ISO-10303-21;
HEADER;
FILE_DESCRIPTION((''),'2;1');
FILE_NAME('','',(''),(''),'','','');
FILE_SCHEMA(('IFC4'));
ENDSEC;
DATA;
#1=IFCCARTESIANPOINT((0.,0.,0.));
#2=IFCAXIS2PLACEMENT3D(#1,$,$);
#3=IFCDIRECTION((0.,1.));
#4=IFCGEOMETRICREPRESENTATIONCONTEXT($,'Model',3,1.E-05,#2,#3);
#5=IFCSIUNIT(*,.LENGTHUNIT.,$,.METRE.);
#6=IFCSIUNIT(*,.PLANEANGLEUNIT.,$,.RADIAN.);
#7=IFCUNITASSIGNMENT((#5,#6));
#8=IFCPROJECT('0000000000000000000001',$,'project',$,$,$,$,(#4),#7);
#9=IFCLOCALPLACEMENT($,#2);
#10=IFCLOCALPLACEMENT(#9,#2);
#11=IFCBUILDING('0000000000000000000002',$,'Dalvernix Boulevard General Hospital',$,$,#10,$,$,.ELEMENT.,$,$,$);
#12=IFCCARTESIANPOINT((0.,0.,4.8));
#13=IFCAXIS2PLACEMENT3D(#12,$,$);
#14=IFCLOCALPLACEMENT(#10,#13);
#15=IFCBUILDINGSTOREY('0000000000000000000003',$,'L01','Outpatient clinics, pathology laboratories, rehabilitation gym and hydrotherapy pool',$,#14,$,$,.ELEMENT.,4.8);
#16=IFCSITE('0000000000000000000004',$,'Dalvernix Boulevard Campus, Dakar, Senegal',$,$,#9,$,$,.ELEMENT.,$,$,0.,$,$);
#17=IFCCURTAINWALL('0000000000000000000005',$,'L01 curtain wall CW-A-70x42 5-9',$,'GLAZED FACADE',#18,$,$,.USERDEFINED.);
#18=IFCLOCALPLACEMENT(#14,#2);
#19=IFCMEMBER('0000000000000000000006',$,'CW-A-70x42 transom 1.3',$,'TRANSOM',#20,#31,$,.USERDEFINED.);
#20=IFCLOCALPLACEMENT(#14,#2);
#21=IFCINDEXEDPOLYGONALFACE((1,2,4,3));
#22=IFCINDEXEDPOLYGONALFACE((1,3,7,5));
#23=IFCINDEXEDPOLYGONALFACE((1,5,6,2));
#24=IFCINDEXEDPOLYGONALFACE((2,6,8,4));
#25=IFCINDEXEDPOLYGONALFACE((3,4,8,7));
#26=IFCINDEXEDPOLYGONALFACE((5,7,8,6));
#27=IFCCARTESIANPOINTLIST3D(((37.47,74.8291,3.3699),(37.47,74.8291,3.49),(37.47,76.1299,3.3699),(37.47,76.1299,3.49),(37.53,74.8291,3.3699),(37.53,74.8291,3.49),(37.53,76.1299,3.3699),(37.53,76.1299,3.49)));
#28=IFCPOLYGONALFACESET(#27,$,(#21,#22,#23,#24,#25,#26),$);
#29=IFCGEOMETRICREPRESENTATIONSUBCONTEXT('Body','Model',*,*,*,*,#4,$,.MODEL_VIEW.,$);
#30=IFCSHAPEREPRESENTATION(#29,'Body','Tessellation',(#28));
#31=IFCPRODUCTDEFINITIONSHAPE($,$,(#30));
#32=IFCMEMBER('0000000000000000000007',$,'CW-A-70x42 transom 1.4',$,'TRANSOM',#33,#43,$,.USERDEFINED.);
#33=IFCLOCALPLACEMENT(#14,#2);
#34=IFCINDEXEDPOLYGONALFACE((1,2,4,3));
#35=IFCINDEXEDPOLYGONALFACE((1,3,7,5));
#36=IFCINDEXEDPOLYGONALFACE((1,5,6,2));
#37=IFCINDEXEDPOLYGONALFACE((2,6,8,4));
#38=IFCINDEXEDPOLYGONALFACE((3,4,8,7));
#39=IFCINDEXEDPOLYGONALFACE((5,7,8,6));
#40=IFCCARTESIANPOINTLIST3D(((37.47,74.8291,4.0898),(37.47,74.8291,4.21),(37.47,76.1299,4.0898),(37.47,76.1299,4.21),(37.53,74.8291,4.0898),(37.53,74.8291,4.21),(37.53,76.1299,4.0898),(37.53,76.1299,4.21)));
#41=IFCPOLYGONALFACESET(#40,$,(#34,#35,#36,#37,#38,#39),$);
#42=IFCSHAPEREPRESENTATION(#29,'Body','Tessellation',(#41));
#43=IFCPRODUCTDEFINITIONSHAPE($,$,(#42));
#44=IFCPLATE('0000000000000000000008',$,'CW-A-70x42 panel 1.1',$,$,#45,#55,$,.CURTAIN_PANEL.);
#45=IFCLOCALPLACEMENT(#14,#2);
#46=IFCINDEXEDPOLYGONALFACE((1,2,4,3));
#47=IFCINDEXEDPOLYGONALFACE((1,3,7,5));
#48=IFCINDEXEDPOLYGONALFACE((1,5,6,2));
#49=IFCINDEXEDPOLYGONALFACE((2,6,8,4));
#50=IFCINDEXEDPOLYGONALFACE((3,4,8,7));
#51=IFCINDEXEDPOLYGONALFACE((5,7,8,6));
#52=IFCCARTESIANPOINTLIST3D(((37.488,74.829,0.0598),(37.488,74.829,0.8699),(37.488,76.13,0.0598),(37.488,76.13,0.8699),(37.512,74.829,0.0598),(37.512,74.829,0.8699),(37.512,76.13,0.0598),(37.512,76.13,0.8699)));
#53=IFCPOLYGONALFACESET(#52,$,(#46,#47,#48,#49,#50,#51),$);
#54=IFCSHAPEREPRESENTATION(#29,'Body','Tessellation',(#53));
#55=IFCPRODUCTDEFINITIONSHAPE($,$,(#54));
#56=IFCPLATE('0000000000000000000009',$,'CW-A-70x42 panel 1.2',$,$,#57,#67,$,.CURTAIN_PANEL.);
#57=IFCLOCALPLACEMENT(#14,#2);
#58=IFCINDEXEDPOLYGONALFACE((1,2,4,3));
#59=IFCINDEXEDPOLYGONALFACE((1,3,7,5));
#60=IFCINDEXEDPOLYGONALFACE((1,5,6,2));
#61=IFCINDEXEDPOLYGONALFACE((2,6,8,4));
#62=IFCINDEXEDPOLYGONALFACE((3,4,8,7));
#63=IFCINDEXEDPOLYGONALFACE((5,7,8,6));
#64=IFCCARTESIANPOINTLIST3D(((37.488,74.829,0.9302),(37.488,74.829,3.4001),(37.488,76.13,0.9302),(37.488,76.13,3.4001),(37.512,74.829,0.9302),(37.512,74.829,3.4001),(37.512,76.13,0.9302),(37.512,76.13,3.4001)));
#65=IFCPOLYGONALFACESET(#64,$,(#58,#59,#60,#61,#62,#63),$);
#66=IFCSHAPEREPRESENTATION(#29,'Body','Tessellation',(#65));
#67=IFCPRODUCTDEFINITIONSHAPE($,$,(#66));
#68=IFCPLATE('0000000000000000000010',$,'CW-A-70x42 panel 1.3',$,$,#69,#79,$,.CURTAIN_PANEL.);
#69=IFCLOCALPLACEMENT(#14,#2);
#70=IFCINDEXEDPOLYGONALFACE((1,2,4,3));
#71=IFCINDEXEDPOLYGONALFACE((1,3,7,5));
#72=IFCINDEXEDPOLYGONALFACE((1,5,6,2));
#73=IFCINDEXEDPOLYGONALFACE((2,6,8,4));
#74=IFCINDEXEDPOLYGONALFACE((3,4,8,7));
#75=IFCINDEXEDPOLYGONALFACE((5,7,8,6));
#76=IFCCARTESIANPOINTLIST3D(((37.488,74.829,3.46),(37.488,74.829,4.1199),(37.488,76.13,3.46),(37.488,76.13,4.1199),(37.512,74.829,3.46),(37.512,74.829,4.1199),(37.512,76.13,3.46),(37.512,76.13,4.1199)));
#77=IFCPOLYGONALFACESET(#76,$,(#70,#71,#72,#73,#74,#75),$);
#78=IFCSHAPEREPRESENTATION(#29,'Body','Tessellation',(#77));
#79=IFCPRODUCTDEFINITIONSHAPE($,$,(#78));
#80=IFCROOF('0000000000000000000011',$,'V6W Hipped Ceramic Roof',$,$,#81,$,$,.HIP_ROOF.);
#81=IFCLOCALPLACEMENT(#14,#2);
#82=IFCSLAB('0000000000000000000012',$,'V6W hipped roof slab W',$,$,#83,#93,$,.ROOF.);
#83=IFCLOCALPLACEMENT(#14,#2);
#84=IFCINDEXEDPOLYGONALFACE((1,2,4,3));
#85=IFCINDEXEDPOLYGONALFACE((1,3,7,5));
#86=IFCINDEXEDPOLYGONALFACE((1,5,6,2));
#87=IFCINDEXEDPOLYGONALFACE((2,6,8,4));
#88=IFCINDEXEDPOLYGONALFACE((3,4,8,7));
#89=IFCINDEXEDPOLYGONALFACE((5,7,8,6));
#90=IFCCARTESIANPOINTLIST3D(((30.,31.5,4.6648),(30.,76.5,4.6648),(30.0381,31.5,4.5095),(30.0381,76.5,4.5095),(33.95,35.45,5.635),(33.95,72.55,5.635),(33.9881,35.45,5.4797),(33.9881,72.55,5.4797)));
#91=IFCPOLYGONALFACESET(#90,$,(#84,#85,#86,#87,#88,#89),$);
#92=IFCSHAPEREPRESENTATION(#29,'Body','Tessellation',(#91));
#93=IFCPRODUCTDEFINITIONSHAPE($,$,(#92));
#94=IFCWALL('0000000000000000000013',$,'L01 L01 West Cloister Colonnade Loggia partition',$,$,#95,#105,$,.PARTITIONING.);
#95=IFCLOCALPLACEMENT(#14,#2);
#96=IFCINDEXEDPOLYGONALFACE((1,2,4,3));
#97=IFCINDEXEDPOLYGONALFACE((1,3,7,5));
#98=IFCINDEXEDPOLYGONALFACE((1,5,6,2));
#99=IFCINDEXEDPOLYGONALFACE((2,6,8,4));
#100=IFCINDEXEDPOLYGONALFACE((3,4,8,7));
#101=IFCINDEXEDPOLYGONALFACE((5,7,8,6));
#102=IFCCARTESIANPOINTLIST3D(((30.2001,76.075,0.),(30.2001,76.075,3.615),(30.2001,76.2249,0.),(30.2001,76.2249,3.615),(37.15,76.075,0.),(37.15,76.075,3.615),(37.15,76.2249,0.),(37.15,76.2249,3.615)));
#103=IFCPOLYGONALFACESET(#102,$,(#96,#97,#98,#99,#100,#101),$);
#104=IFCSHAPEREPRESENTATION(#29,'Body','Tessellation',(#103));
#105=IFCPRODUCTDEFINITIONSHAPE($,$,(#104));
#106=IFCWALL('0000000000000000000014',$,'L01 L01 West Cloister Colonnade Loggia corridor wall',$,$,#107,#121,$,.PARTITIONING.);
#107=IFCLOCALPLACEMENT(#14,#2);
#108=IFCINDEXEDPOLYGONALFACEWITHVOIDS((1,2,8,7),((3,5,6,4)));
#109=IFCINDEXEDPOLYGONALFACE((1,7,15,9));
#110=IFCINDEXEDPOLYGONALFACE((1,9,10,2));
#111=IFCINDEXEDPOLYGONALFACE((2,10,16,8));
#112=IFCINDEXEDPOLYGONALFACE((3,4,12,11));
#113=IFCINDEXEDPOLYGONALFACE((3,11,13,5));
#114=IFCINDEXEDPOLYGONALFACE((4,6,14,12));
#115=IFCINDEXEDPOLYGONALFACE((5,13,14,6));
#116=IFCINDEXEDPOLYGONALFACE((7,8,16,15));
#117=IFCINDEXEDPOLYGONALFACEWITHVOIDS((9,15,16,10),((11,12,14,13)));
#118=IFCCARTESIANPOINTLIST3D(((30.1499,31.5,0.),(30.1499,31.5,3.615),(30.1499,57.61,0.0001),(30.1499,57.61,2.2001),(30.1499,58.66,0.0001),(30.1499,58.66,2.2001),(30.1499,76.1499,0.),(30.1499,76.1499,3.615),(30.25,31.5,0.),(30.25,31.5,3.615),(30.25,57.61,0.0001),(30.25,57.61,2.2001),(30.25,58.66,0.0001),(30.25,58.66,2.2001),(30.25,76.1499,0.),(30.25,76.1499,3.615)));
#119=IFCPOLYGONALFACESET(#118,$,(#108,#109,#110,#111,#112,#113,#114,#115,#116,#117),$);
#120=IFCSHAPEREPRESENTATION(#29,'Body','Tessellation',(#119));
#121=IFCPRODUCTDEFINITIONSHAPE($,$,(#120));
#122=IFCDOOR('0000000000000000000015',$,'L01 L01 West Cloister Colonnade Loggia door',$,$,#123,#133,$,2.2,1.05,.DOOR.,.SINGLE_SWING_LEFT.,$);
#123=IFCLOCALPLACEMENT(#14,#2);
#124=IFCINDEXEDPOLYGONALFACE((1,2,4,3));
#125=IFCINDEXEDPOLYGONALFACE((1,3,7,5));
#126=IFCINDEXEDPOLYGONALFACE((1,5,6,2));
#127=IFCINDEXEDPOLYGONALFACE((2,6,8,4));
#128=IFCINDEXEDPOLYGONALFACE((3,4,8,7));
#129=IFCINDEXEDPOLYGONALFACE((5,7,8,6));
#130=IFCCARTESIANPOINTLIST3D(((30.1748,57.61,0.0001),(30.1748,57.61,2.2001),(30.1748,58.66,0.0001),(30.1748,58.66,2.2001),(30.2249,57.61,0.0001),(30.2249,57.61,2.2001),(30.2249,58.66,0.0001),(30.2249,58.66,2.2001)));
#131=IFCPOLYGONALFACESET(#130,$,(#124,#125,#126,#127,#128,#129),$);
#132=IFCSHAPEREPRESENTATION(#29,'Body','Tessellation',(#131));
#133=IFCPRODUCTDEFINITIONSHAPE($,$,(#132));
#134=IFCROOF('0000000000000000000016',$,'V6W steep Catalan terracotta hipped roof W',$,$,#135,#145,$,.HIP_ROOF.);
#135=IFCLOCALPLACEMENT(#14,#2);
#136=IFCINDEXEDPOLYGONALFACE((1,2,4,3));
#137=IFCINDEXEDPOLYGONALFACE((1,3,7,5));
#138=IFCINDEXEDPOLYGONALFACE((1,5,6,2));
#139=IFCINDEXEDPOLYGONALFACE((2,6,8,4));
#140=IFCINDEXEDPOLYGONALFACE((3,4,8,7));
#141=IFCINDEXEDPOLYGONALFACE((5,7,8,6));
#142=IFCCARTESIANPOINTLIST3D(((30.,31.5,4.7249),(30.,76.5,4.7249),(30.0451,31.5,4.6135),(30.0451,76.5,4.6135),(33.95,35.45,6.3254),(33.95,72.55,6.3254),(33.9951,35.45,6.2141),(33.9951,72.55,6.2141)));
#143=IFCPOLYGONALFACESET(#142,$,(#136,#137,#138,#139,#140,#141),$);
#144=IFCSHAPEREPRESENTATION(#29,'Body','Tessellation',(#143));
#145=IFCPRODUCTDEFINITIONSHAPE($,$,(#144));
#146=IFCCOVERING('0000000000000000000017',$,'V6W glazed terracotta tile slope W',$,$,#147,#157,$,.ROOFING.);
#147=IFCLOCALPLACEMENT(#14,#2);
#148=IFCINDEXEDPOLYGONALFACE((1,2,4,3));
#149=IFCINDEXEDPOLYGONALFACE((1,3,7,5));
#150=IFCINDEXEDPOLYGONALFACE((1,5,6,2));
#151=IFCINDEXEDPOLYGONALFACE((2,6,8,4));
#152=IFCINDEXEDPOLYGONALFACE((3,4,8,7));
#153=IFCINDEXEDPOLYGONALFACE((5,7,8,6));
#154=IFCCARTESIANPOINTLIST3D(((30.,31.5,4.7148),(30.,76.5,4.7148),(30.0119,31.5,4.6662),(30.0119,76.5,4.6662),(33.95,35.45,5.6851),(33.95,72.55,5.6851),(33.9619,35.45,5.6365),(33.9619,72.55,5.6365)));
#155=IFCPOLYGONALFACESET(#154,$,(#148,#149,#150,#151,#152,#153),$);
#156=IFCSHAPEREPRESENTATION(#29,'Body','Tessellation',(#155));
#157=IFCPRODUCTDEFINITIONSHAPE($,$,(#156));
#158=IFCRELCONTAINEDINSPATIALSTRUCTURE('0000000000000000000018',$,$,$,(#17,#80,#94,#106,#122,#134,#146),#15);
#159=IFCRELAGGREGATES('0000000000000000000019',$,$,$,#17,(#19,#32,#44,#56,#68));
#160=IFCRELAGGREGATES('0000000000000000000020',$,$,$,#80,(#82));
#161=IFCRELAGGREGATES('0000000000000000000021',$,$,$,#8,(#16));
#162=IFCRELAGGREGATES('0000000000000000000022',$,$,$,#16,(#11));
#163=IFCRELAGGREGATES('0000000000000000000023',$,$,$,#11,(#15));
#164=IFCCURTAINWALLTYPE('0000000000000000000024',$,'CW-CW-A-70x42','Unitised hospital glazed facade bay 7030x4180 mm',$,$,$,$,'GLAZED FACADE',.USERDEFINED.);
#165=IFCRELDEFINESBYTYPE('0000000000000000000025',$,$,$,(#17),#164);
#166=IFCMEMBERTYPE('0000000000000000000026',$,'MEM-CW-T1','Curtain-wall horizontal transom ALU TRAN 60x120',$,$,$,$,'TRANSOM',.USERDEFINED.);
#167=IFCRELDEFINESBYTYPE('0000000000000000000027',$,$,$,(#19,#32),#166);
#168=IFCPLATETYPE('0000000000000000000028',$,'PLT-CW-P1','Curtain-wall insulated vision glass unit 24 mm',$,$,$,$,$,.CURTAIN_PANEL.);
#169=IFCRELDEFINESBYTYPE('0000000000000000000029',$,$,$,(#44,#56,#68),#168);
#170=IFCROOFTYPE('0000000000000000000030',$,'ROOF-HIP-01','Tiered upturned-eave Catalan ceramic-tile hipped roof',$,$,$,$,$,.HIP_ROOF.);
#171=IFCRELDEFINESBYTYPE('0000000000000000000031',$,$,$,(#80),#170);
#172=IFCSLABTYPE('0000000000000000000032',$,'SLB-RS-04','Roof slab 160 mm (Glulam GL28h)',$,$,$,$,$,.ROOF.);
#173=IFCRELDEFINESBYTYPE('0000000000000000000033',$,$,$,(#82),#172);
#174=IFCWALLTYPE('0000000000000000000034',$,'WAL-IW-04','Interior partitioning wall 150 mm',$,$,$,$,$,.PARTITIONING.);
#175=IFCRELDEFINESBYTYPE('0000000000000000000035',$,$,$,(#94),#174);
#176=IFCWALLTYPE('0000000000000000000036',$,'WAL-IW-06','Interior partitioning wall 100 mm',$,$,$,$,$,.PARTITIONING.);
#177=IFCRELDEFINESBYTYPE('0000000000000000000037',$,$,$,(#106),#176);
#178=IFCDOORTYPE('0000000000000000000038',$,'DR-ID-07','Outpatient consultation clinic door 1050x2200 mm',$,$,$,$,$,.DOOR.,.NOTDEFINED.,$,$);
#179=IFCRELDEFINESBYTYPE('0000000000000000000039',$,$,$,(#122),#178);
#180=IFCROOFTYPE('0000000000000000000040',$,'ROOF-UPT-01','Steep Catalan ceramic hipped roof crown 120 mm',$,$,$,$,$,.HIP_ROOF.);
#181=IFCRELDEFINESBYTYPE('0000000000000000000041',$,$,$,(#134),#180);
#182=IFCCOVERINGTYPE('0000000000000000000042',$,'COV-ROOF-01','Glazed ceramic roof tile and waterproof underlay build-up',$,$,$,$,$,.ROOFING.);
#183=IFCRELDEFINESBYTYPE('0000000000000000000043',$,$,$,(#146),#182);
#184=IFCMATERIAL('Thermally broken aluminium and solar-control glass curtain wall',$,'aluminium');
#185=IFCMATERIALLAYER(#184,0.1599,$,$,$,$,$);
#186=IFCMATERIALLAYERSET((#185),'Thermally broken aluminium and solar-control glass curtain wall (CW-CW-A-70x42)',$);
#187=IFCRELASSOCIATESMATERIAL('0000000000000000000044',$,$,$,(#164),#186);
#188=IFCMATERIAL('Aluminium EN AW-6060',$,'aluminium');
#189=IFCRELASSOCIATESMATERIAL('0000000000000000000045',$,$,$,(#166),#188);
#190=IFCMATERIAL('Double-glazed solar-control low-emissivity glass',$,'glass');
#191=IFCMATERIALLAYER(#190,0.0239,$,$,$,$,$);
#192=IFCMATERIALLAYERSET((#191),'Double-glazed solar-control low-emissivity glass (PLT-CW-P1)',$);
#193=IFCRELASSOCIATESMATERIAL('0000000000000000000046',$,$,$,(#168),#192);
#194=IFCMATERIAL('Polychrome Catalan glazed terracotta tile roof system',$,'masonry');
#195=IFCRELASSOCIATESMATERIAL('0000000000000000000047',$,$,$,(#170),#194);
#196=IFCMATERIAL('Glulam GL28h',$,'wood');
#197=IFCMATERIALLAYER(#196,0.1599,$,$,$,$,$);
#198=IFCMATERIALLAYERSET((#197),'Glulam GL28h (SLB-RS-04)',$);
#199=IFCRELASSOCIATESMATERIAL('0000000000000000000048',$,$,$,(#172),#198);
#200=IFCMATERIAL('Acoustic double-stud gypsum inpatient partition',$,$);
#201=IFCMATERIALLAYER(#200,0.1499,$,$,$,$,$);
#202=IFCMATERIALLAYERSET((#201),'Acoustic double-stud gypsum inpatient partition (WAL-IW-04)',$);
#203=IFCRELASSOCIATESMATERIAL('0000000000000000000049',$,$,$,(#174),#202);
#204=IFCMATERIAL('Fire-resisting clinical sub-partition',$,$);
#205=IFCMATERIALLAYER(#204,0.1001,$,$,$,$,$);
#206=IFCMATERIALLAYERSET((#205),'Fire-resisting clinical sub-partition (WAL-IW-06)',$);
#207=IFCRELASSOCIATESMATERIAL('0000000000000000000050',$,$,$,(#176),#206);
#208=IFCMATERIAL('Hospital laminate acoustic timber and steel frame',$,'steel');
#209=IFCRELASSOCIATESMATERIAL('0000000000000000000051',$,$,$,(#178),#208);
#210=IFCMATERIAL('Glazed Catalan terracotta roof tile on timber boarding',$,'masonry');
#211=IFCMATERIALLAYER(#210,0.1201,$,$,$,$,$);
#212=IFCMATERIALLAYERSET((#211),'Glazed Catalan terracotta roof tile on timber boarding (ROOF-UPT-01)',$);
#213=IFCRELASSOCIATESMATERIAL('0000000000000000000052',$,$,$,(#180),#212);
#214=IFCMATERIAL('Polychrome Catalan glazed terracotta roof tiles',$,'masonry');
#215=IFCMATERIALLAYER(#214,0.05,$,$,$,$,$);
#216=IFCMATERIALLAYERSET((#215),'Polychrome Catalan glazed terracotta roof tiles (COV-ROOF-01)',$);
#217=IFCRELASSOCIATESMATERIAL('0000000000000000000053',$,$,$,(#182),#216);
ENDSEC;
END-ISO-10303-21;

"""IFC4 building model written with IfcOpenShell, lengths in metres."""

from ifc_helpers import new_model, si_unit, direction, frame, frame_2d, origin, origin_2d, place, context, subcontext, project, spatial, polyline, rectangle, outline, extrude, material, layer, layer_set, material_profile, profile_set, type_object, element, fill, aggregate, save


model = new_model("IFC4")

# Units and contexts
model_context = context("Model", 3, precision=1e-05, world=origin(), true_north=direction((0.0, 1.0)))
body_context = subcontext(model_context, "Body", "Model", "MODEL_VIEW")
ifc_project = project(units=[si_unit("LENGTHUNIT", "METRE"), si_unit("PLANEANGLEUNIT", "RADIAN")], contexts=[model_context])

# Site, building, storey
site_placement = place(None, origin())
site = spatial("IfcSite", under=ifc_project, at=site_placement, Name="Dalvernix Boulevard Campus, Dakar, Senegal", CompositionType="ELEMENT", RefElevation=0.0)
building_placement = place(site_placement, origin())
building = spatial("IfcBuilding", under=site, at=building_placement, Name="Dalvernix Boulevard General Hospital", CompositionType="ELEMENT")
storey_placement = place(building_placement, frame((0.0, 0.0, 4.8)))
storey = spatial("IfcBuildingStorey", under=building, at=storey_placement, Name="L01", Description="Outpatient clinics, pathology laboratories, rehabilitation gym and hydrotherapy pool", CompositionType="ELEMENT", Elevation=4.8)

# Curtain wall, members, plates
ifc_material_1 = material(Name="Thermally broken aluminium and solar-control glass curtain wall", Category="aluminium")
ifc_layer_1 = layer(ifc_material_1, 0.1599)
ifc_layer_set_1 = layer_set([ifc_layer_1], Name="Thermally broken aluminium and solar-control glass curtain wall (CW-CW-A-70x42)")
curtain_wall_type = type_object("IfcCurtainWallType", Name="CW-CW-A-70x42", Description="Unitised hospital glazed facade bay 7030x4180 mm", ElementType="GLAZED FACADE", PredefinedType="USERDEFINED", material=ifc_layer_set_1)
curtain_wall_placement = place(storey_placement, origin())
curtain_wall = element("IfcCurtainWall", 1, at=curtain_wall_placement, inside=storey, type_object=curtain_wall_type, Name="L01 curtain wall CW-A-70x42 5-9", ObjectType="GLAZED FACADE", PredefinedType="USERDEFINED")
ifc_material_2 = material(Name="Aluminium EN AW-6060", Category="aluminium")
ifc_material_profile_1 = material_profile(ifc_material_2, rectangle(XDim=0.0601, YDim=0.1201, at=origin_2d()), Name="ALU TRAN 60x120")
ifc_profile_set_1 = profile_set([ifc_material_profile_1], Name="Aluminium EN AW-6060")
member_type_1 = type_object("IfcMemberType", Name="MEM-CW-T1", Description="Curtain-wall horizontal transom ALU TRAN 60x120", ElementType="TRANSOM", PredefinedType="USERDEFINED", material=ifc_profile_set_1)
member_1_placement = place(storey_placement, frame((37.5, 76.1299, 3.4299), z_axis=(0.0, -1.0, 0.0), x_axis=(1.0, 0.0, 0.0)))
member_1 = element("IfcMember", 2, at=member_1_placement, type_object=member_type_1, Name="CW-A-70x42 transom 1.3", ObjectType="TRANSOM", PredefinedType="USERDEFINED", context=body_context, shape_type="SweptSolid", body=[
    extrude(rectangle(XDim=0.0601, YDim=0.1201, at=origin_2d()), origin(), (0.0, 0.0, 1.0), 1.3008),
])
member_2_placement = place(storey_placement, frame((37.5, 76.1299, 4.1499), z_axis=(0.0, -1.0, 0.0), x_axis=(1.0, 0.0, 0.0)))
member_2 = element("IfcMember", 3, at=member_2_placement, type_object=member_type_1, Name="CW-A-70x42 transom 1.4", ObjectType="TRANSOM", PredefinedType="USERDEFINED", context=body_context, shape_type="SweptSolid", body=[
    extrude(rectangle(XDim=0.0601, YDim=0.1201, at=origin_2d()), origin(), (0.0, 0.0, 1.0), 1.3008),
])
ifc_material_3 = material(Name="Double-glazed solar-control low-emissivity glass", Category="glass")
ifc_layer_2 = layer(ifc_material_3, 0.0239)
ifc_layer_set_2 = layer_set([ifc_layer_2], Name="Double-glazed solar-control low-emissivity glass (PLT-CW-P1)")
plate_type = type_object("IfcPlateType", Name="PLT-CW-P1", Description="Curtain-wall insulated vision glass unit 24 mm", PredefinedType="CURTAIN_PANEL", material=ifc_layer_set_2)
plate_1_placement = place(storey_placement, frame((37.5, 75.4795, 0.0598), z_axis=(0.0, 0.0, 1.0), x_axis=(0.0, -1.0, 0.0)))
plate_1 = element("IfcPlate", 4, at=plate_1_placement, type_object=plate_type, Name="CW-A-70x42 panel 1.1", PredefinedType="CURTAIN_PANEL", context=body_context, shape_type="SweptSolid", body=[
    extrude(rectangle(XDim=1.301, YDim=0.0239, at=origin_2d()), origin(), (0.0, 0.0, 1.0), 0.8101),
])
plate_2_placement = place(storey_placement, frame((37.5, 75.4795, 0.9302), z_axis=(0.0, 0.0, 1.0), x_axis=(0.0, -1.0, 0.0)))
plate_2 = element("IfcPlate", 5, at=plate_2_placement, type_object=plate_type, Name="CW-A-70x42 panel 1.2", PredefinedType="CURTAIN_PANEL", context=body_context, shape_type="SweptSolid", body=[
    extrude(rectangle(XDim=1.301, YDim=0.0239, at=origin_2d()), origin(), (0.0, 0.0, 1.0), 2.47),
])
plate_3_placement = place(storey_placement, frame((37.5, 75.4795, 3.46), z_axis=(0.0, 0.0, 1.0), x_axis=(0.0, -1.0, 0.0)))
plate_3 = element("IfcPlate", 6, at=plate_3_placement, type_object=plate_type, Name="CW-A-70x42 panel 1.3", PredefinedType="CURTAIN_PANEL", context=body_context, shape_type="SweptSolid", body=[
    extrude(rectangle(XDim=1.301, YDim=0.0239, at=origin_2d()), origin(), (0.0, 0.0, 1.0), 0.6599),
])
aggregate(curtain_wall, [member_1, member_2, plate_1, plate_2, plate_3])

# Roof, slab
ifc_material_4 = material(Name="Polychrome Catalan glazed terracotta tile roof system", Category="masonry")
roof_type_1 = type_object("IfcRoofType", Name="ROOF-HIP-01", Description="Tiered upturned-eave Catalan ceramic-tile hipped roof", PredefinedType="HIP_ROOF", material=ifc_material_4)
roof_1_placement = place(storey_placement, origin())
roof_1 = element("IfcRoof", 7, at=roof_1_placement, inside=storey, type_object=roof_type_1, Name="V6W Hipped Ceramic Roof", PredefinedType="HIP_ROOF")
ifc_material_5 = material(Name="Glulam GL28h", Category="wood")
ifc_layer_3 = layer(ifc_material_5, 0.1599)
ifc_layer_set_3 = layer_set([ifc_layer_3], Name="Glulam GL28h (SLB-RS-04)")
slab_type = type_object("IfcSlabType", Name="SLB-RS-04", Description="Roof slab 160 mm (Glulam GL28h)", PredefinedType="ROOF", material=ifc_layer_set_3)
slab_placement = place(storey_placement, frame((30.0, 76.5, 4.6648), z_axis=(-0.238537, 0.0, 0.971133), x_axis=(0.0, -1.0, 0.0)))
slab = element("IfcSlab", 8, at=slab_placement, type_object=slab_type, Name="V6W hipped roof slab W", PredefinedType="ROOF", context=body_context, shape_type="SweptSolid", body=[
    extrude(outline(polyline([(0.0, 0.0), (45.0, 0.0), (41.05, 4.0674), (3.95, 4.0674), (0.0, 0.0)])), origin(), (0.0, 0.0, -1.0), 0.1599),
])
aggregate(roof_1, [slab])

# Wall
ifc_material_6 = material(Name="Acoustic double-stud gypsum inpatient partition")
ifc_layer_4 = layer(ifc_material_6, 0.1499)
ifc_layer_set_4 = layer_set([ifc_layer_4], Name="Acoustic double-stud gypsum inpatient partition (WAL-IW-04)")
wall_type_1 = type_object("IfcWallType", Name="WAL-IW-04", Description="Interior partitioning wall 150 mm", PredefinedType="PARTITIONING", material=ifc_layer_set_4)
wall_1_placement = place(storey_placement, frame((30.2, 76.1499, 0.0), z_axis=(0.0, 0.0, 1.0), x_axis=(1.0, 0.0, 0.0)))
element("IfcWall", 9, at=wall_1_placement, inside=storey, type_object=wall_type_1, Name="L01 L01 West Cloister Colonnade Loggia partition", PredefinedType="PARTITIONING", context=body_context, shape_type="SweptSolid", body=[
    extrude(rectangle(XDim=6.95, YDim=0.1499, at=frame_2d((3.4751, 0.0))), origin(), (0.0, 0.0, 1.0), 3.615),
])

# Wall, opening, door
ifc_material_7 = material(Name="Fire-resisting clinical sub-partition")
ifc_layer_5 = layer(ifc_material_7, 0.1001)
ifc_layer_set_5 = layer_set([ifc_layer_5], Name="Fire-resisting clinical sub-partition (WAL-IW-06)")
wall_type_2 = type_object("IfcWallType", Name="WAL-IW-06", Description="Interior partitioning wall 100 mm", PredefinedType="PARTITIONING", material=ifc_layer_set_5)
wall_2_placement = place(storey_placement, frame((30.2, 76.1499, 0.0), z_axis=(0.0, 0.0, 1.0), x_axis=(0.0, -1.0, 0.0)))
wall_2 = element("IfcWall", 10, at=wall_2_placement, inside=storey, type_object=wall_type_2, Name="L01 L01 West Cloister Colonnade Loggia corridor wall", PredefinedType="PARTITIONING", context=body_context, shape_type="SweptSolid", body=[
    extrude(rectangle(XDim=44.6499, YDim=0.1001, at=frame_2d((22.325, 0.0))), origin(), (0.0, 0.0, 1.0), 3.615),
])
opening_placement = place(wall_2_placement, frame((17.49, 0.0, 0.0)))
opening = element("IfcOpeningElement", 11, at=opening_placement, cuts=wall_2, PredefinedType="OPENING", context=body_context, shape_type="SweptSolid", body=[
    extrude(rectangle(XDim=1.05, YDim=2.2, at=frame_2d((0.5249, 1.1001))), frame((0.0, 0.0601, 0.0), z_axis=(0.0, -1.0, 0.0), x_axis=(1.0, 0.0, 0.0)), (0.0, 0.0, 1.0), 0.1201),
])
ifc_material_8 = material(Name="Hospital laminate acoustic timber and steel frame", Category="steel")
door_type = type_object("IfcDoorType", Name="DR-ID-07", Description="Outpatient consultation clinic door 1050x2200 mm", OperationType="NOTDEFINED", PredefinedType="DOOR", material=ifc_material_8)
door_placement = place(opening_placement, origin())
door = element("IfcDoor", 12, at=door_placement, inside=storey, type_object=door_type, Name="L01 L01 West Cloister Colonnade Loggia door", OperationType="SINGLE_SWING_LEFT", OverallHeight=2.2, OverallWidth=1.05, PredefinedType="DOOR", context=body_context, shape_type="SweptSolid", body=[
    extrude(rectangle(XDim=1.05, YDim=2.2, at=frame_2d((0.5249, 1.1001))), frame((0.0, 0.0249, 0.0), z_axis=(0.0, -1.0, 0.0), x_axis=(1.0, 0.0, 0.0)), (0.0, 0.0, 1.0), 0.05),
])
fill(opening, door)

# Roof
ifc_material_9 = material(Name="Glazed Catalan terracotta roof tile on timber boarding", Category="masonry")
ifc_layer_6 = layer(ifc_material_9, 0.1201)
ifc_layer_set_6 = layer_set([ifc_layer_6], Name="Glazed Catalan terracotta roof tile on timber boarding (ROOF-UPT-01)")
roof_type_2 = type_object("IfcRoofType", Name="ROOF-UPT-01", Description="Steep Catalan ceramic hipped roof crown 120 mm", PredefinedType="HIP_ROOF", material=ifc_layer_set_6)
roof_2_placement = place(storey_placement, frame((30.0, 76.5, 4.7249), z_axis=(-0.375555, 0.0, 0.9268), x_axis=(0.0, -1.0, 0.0)))
element("IfcRoof", 13, at=roof_2_placement, inside=storey, type_object=roof_type_2, Name="V6W steep Catalan terracotta hipped roof W", PredefinedType="HIP_ROOF", context=body_context, shape_type="SweptSolid", body=[
    extrude(outline(polyline([(0.0, 0.0), (45.0, 0.0), (41.05, 4.2619), (3.95, 4.2619), (0.0, 0.0)])), origin(), (0.0, 0.0, -1.0), 0.1201),
])

# Covering
ifc_material_10 = material(Name="Polychrome Catalan glazed terracotta roof tiles", Category="masonry")
ifc_layer_7 = layer(ifc_material_10, 0.05)
ifc_layer_set_7 = layer_set([ifc_layer_7], Name="Polychrome Catalan glazed terracotta roof tiles (COV-ROOF-01)")
covering_type = type_object("IfcCoveringType", Name="COV-ROOF-01", Description="Glazed ceramic roof tile and waterproof underlay build-up", PredefinedType="ROOFING", material=ifc_layer_set_7)
covering_placement = place(storey_placement, frame((30.0, 76.5, 4.7148), z_axis=(-0.238537, 0.0, 0.971133), x_axis=(0.0, -1.0, 0.0)))
element("IfcCovering", 14, at=covering_placement, inside=storey, type_object=covering_type, Name="V6W glazed terracotta tile slope W", PredefinedType="ROOFING", context=body_context, shape_type="SweptSolid", body=[
    extrude(outline(polyline([(0.0, 0.0), (45.0, 0.0), (41.05, 4.0674), (3.95, 4.0674), (0.0, 0.0)])), origin(), (0.0, 0.0, -1.0), 0.05),
])

save(model, "model.ifc")
